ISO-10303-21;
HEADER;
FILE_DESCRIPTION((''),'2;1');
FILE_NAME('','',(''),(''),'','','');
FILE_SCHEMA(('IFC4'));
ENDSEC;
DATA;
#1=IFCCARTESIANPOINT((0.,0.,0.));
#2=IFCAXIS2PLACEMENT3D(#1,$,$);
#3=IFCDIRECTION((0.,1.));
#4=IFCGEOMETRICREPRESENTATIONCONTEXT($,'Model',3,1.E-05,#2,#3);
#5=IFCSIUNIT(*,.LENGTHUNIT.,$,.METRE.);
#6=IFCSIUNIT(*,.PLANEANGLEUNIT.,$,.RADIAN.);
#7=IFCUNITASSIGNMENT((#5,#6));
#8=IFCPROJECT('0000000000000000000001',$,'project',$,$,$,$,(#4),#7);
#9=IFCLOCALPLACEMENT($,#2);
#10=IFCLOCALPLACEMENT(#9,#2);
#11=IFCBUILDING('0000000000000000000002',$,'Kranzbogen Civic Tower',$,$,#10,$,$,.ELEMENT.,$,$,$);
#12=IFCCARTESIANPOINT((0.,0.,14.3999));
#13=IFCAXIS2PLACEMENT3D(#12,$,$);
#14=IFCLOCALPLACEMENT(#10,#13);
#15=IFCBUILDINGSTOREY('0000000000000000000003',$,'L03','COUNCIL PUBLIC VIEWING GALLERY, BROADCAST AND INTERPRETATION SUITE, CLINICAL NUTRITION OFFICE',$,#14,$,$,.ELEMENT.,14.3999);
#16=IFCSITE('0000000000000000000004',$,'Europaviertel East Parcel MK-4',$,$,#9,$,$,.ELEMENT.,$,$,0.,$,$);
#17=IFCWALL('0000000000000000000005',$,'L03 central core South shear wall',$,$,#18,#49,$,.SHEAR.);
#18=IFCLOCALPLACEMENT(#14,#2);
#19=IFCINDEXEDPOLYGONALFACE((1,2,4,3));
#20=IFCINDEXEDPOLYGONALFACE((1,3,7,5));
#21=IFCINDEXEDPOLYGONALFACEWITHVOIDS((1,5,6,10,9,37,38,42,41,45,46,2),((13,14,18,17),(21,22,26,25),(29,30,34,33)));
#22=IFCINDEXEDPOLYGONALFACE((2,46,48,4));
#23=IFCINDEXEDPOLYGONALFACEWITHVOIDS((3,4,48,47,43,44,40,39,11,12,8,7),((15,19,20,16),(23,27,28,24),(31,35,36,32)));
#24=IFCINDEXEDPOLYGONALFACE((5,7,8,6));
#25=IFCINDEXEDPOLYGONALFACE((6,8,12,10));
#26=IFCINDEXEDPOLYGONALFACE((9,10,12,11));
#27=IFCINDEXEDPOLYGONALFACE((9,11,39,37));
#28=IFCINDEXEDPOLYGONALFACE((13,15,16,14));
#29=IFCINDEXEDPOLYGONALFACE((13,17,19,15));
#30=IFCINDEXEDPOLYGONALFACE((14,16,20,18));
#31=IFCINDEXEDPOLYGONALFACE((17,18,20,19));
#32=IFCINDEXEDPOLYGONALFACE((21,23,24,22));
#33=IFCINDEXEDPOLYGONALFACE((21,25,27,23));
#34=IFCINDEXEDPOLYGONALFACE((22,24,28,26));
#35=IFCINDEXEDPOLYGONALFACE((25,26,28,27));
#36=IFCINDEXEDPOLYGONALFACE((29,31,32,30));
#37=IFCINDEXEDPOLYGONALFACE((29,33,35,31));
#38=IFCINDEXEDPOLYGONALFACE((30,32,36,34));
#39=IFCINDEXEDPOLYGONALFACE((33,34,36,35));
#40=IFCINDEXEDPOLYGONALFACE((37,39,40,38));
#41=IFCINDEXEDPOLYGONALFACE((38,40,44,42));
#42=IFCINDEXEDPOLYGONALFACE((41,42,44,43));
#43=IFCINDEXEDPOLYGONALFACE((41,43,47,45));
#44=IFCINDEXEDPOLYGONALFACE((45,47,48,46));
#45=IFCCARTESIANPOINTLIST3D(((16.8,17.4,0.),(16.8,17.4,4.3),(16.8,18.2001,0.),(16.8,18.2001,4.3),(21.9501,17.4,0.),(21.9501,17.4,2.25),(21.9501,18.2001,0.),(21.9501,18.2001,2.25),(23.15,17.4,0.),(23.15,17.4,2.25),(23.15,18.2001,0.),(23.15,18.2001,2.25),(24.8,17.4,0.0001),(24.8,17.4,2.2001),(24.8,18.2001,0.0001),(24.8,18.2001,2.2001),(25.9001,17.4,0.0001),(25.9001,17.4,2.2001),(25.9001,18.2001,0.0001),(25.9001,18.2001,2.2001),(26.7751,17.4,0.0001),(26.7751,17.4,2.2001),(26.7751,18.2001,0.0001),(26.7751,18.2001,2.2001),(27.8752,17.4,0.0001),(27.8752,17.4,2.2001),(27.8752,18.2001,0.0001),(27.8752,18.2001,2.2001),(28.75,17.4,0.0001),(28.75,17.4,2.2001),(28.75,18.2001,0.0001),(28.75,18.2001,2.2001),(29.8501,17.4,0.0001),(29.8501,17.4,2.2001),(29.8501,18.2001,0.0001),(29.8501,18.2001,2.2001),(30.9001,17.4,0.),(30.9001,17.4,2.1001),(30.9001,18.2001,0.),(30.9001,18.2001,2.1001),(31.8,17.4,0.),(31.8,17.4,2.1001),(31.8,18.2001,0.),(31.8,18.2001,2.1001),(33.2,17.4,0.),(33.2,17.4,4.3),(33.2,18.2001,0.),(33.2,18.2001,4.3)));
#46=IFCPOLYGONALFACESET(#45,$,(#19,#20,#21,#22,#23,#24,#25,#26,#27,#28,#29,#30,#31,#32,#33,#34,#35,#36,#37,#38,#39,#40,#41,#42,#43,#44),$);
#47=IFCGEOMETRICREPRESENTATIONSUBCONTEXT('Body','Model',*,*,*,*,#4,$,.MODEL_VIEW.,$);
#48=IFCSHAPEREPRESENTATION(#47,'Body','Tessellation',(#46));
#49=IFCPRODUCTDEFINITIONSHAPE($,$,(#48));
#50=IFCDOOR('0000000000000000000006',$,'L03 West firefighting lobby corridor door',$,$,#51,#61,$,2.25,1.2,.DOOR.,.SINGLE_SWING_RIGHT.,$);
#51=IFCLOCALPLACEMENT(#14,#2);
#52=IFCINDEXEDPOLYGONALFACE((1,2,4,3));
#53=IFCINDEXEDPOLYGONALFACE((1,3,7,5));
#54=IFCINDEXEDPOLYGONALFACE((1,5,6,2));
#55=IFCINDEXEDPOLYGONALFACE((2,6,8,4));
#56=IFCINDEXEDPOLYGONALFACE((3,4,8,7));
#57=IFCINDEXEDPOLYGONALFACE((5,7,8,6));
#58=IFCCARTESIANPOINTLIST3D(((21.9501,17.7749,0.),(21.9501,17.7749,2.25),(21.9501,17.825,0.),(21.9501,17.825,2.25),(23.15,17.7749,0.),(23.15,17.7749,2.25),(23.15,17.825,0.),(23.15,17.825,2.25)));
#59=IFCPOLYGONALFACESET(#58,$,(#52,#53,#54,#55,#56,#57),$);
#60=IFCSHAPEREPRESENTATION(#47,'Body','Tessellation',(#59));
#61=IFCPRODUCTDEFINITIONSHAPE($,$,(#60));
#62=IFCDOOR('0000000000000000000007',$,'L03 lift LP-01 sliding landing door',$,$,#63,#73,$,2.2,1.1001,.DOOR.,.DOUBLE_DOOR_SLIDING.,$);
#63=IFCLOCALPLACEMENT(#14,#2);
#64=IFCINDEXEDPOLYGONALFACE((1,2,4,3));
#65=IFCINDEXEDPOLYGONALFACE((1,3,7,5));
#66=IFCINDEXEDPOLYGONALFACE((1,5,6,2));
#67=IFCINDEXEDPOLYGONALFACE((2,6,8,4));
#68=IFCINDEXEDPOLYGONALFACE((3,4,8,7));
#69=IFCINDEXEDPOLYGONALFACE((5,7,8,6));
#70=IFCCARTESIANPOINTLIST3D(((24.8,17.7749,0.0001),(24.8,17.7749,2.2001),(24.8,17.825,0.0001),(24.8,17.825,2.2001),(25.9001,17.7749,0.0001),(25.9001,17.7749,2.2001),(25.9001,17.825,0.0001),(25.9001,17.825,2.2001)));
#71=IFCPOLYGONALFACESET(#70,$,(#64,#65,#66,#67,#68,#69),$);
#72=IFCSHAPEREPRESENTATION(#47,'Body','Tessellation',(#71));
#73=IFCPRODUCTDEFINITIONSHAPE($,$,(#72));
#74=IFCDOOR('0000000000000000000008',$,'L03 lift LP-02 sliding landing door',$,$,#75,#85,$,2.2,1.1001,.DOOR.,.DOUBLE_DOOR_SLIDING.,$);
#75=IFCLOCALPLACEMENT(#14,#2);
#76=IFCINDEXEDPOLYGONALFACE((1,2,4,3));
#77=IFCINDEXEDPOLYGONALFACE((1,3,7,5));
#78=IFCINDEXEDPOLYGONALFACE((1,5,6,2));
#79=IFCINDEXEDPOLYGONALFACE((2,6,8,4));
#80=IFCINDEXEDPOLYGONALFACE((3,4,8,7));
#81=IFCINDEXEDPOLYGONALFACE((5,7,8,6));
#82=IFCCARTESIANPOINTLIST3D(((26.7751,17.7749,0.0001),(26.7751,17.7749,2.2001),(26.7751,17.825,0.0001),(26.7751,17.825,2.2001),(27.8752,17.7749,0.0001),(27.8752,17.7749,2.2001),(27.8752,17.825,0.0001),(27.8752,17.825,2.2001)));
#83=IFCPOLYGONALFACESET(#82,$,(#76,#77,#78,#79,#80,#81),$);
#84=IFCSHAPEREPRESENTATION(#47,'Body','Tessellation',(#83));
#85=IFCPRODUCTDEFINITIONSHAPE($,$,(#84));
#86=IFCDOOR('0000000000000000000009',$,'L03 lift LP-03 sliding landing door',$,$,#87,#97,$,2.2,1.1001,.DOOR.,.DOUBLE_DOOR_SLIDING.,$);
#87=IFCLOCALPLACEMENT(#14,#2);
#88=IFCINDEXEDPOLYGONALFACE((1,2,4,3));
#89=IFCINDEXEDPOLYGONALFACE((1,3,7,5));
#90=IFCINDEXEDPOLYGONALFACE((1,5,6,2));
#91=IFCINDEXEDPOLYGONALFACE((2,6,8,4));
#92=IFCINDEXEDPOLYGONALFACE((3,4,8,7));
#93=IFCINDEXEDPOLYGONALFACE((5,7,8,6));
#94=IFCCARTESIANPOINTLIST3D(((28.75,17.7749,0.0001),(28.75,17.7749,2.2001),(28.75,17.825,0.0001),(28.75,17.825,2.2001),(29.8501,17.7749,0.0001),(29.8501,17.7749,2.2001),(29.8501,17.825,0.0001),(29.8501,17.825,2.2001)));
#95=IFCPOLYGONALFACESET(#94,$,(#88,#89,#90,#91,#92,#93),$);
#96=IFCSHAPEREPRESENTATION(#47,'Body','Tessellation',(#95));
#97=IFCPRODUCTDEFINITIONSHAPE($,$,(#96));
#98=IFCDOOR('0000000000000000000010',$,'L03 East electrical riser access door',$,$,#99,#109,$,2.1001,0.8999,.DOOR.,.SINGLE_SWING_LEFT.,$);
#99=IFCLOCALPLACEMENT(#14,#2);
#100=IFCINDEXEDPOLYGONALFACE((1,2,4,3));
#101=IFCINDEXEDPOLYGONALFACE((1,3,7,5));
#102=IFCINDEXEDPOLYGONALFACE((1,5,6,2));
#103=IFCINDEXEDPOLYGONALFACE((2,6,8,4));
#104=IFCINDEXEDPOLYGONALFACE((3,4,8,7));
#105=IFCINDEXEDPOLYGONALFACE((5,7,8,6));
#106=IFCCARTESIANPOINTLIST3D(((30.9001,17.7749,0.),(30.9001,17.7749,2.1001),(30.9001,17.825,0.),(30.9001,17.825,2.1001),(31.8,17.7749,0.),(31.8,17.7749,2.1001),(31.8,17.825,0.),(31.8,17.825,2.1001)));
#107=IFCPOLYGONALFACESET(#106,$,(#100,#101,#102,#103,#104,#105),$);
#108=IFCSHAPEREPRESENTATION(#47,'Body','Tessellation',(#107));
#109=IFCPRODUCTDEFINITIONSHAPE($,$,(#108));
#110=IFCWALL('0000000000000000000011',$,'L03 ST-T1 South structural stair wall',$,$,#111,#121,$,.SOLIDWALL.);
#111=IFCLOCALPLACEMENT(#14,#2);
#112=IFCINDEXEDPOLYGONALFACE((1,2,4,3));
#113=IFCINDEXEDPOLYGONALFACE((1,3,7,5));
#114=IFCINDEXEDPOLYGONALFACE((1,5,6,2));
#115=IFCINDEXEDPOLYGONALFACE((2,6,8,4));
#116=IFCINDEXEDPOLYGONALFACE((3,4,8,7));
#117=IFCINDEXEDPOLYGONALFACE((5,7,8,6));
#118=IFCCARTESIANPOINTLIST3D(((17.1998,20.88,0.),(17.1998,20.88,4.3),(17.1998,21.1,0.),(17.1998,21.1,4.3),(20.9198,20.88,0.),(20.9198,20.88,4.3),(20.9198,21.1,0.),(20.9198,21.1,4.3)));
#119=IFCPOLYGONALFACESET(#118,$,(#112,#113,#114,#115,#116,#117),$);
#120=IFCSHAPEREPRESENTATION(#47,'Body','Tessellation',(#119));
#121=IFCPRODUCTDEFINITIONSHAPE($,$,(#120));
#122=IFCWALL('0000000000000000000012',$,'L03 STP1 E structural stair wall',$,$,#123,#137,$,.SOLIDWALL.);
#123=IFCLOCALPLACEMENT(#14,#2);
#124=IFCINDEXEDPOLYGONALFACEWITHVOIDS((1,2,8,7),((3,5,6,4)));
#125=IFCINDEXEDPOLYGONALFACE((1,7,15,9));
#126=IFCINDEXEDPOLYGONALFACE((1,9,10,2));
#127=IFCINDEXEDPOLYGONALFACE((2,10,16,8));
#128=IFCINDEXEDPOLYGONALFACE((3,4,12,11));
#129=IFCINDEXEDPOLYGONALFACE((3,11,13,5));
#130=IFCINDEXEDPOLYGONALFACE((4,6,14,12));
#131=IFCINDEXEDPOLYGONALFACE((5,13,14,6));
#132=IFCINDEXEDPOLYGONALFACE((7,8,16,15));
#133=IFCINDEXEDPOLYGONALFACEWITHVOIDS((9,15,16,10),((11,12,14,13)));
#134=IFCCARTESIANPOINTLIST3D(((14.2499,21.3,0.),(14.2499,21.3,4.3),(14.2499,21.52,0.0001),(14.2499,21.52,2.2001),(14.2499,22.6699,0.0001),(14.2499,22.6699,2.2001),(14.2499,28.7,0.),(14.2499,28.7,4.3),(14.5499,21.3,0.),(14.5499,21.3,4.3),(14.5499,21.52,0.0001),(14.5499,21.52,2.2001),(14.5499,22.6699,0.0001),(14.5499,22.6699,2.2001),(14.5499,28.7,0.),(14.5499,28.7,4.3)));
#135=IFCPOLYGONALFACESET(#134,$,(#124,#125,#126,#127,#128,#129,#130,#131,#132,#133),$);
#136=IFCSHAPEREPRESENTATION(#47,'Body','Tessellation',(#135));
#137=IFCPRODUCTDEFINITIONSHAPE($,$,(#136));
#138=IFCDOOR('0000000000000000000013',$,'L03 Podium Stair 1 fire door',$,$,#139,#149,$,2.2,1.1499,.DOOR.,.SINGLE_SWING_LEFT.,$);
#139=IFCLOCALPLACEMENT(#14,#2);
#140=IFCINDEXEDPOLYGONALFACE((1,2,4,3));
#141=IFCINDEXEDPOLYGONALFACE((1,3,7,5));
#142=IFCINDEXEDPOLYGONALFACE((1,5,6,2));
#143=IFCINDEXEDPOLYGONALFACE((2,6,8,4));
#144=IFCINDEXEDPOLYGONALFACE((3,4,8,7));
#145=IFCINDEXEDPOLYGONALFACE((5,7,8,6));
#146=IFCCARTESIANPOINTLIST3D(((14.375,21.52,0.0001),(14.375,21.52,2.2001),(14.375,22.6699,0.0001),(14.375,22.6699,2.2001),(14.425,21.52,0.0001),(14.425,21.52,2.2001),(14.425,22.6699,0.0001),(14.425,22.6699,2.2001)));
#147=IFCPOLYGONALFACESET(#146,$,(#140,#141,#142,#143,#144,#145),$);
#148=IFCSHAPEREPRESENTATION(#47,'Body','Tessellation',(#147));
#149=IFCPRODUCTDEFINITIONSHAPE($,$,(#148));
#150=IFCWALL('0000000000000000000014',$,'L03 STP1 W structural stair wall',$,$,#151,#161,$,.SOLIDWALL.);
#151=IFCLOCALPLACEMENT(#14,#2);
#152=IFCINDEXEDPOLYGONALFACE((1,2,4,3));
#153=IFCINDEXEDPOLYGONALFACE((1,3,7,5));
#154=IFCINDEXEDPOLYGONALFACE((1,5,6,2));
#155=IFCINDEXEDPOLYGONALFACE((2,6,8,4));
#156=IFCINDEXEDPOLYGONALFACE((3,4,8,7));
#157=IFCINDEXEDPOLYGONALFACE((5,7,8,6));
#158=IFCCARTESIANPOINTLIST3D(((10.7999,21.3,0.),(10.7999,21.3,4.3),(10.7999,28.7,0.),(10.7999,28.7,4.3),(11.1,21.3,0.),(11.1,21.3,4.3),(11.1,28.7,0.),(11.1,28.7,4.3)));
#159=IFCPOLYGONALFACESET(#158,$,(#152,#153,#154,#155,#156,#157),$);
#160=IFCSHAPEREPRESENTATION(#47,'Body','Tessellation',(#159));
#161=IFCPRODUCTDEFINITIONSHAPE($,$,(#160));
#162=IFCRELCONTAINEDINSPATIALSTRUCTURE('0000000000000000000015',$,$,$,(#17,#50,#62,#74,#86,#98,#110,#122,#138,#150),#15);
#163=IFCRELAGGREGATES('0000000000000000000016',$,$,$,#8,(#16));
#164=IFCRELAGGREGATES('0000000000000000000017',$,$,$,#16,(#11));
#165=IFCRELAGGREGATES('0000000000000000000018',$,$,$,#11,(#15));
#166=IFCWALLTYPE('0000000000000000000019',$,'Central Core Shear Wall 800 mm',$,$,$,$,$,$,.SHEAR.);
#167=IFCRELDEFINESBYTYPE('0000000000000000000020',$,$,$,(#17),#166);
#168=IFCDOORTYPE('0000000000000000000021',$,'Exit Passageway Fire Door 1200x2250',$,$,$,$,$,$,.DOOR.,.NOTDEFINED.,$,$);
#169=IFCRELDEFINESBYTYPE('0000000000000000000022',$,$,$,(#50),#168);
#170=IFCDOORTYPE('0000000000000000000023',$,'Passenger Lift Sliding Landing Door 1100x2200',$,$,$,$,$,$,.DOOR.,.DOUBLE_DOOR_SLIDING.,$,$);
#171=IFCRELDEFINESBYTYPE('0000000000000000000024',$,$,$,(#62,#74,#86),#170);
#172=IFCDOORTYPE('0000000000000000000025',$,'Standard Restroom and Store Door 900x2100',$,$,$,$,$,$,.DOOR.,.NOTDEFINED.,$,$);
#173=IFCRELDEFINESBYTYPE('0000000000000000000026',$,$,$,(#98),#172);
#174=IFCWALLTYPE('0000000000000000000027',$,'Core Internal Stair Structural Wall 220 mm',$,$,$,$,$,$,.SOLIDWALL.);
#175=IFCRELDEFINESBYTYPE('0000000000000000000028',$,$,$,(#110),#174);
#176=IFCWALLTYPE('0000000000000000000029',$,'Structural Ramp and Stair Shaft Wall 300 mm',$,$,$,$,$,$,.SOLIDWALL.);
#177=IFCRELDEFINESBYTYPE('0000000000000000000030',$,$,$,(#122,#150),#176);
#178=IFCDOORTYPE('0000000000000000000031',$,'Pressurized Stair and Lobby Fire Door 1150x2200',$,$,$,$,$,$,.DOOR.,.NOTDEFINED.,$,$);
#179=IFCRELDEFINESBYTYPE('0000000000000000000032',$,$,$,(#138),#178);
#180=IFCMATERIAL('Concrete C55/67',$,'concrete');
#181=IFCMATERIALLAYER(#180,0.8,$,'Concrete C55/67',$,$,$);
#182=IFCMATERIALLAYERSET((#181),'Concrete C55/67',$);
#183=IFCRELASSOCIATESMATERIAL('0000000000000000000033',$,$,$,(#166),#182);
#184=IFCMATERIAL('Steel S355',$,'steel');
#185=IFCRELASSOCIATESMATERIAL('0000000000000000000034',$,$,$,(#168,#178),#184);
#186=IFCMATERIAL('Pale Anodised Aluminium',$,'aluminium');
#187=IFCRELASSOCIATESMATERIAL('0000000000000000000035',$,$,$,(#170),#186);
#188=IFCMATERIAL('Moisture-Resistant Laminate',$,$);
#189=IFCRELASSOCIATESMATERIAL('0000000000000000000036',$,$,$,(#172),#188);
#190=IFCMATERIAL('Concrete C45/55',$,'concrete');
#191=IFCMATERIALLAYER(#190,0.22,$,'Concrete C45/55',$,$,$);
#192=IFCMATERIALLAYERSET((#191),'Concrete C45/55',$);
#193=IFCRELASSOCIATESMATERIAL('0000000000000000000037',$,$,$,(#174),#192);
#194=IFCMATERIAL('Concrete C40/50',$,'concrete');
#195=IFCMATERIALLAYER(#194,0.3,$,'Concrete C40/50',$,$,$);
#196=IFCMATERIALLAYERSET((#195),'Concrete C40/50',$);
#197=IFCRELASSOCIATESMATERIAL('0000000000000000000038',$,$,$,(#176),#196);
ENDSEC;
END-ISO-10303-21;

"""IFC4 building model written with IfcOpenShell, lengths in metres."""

from ifc_helpers import new_model, si_unit, direction, frame, frame_2d, origin, place, context, subcontext, project, spatial, rectangle, extrude, material, layer, layer_set, type_object, element, fill, save


model = new_model("IFC4")

# Units and contexts
model_context = context("Model", 3, precision=1e-05, world=origin(), true_north=direction((0.0, 1.0)))
body_context = subcontext(model_context, "Body", "Model", "MODEL_VIEW")
ifc_project = project(units=[si_unit("LENGTHUNIT", "METRE"), si_unit("PLANEANGLEUNIT", "RADIAN")], contexts=[model_context])

# Site, building, storey
site_placement = place(None, origin())
site = spatial("IfcSite", under=ifc_project, at=site_placement, Name="Europaviertel East Parcel MK-4", CompositionType="ELEMENT", RefElevation=0.0)
building_placement = place(site_placement, origin())
building = spatial("IfcBuilding", under=site, at=building_placement, Name="Kranzbogen Civic Tower", CompositionType="ELEMENT")
storey_placement = place(building_placement, frame((0.0, 0.0, 14.3999)))
storey = spatial("IfcBuildingStorey", under=building, at=storey_placement, Name="L03", Description="COUNCIL PUBLIC VIEWING GALLERY, BROADCAST AND INTERPRETATION SUITE, CLINICAL NUTRITION OFFICE", CompositionType="ELEMENT", Elevation=14.3999)

# Shared definitions
ifc_material_1 = material(Name="Concrete C40/50", Category="concrete")
ifc_material_2 = material(Name="Steel S355", Category="steel")

# Wall, openings, doors
ifc_material_3 = material(Name="Concrete C55/67", Category="concrete")
ifc_layer_1 = layer(ifc_material_3, 0.8, Name="Concrete C55/67")
ifc_layer_set_1 = layer_set([ifc_layer_1], Name="Concrete C55/67")
wall_type_1 = type_object("IfcWallType", Name="Central Core Shear Wall 800 mm", PredefinedType="SHEAR", material=ifc_layer_set_1)
wall_1_placement = place(storey_placement, frame((16.8, 17.8, 0.0), z_axis=(0.0, 0.0, 1.0), x_axis=(1.0, 0.0, 0.0)))
wall_1 = element("IfcWall", 1, at=wall_1_placement, inside=storey, type_object=wall_type_1, Name="L03 central core South shear wall", PredefinedType="SHEAR", context=body_context, shape_type="SweptSolid", body=[
    extrude(rectangle(XDim=16.3999, YDim=0.8, at=frame_2d((8.2, 0.0))), origin(), (0.0, 0.0, 1.0), 4.3),
])
opening_1_placement = place(wall_1_placement, frame((5.1499, 0.0, 0.0)))
opening_1 = element("IfcOpeningElement", 2, at=opening_1_placement, cuts=wall_1, PredefinedType="OPENING", context=body_context, shape_type="SweptSolid", body=[
    extrude(rectangle(XDim=1.2, YDim=2.25, at=frame_2d((0.6001, 1.125))), frame((0.0, 0.4102, 0.0), z_axis=(0.0, -1.0, 0.0), x_axis=(1.0, 0.0, 0.0)), (0.0, 0.0, 1.0), 0.8201),
])
opening_2_placement = place(wall_1_placement, frame((14.1001, 0.0, 0.0)))
opening_2 = element("IfcOpeningElement", 3, at=opening_2_placement, cuts=wall_1, PredefinedType="OPENING", context=body_context, shape_type="SweptSolid", body=[
    extrude(rectangle(XDim=0.8999, YDim=2.1001, at=frame_2d((0.45, 1.05))), frame((0.0, 0.4102, 0.0), z_axis=(0.0, -1.0, 0.0), x_axis=(1.0, 0.0, 0.0)), (0.0, 0.0, 1.0), 0.8201),
])
opening_3_placement = place(wall_1_placement, frame((8.0, 0.0, 0.0)))
opening_3 = element("IfcOpeningElement", 4, at=opening_3_placement, cuts=wall_1, PredefinedType="OPENING", context=body_context, shape_type="SweptSolid", body=[
    extrude(rectangle(XDim=1.1001, YDim=2.2, at=frame_2d((0.55, 1.1001))), frame((0.0, 0.4102, 0.0), z_axis=(0.0, -1.0, 0.0), x_axis=(1.0, 0.0, 0.0)), (0.0, 0.0, 1.0), 0.8201),
])
opening_4_placement = place(wall_1_placement, frame((9.9751, 0.0, 0.0)))
opening_4 = element("IfcOpeningElement", 5, at=opening_4_placement, cuts=wall_1, PredefinedType="OPENING", context=body_context, shape_type="SweptSolid", body=[
    extrude(rectangle(XDim=1.1001, YDim=2.2, at=frame_2d((0.55, 1.1001))), frame((0.0, 0.4102, 0.0), z_axis=(0.0, -1.0, 0.0), x_axis=(1.0, 0.0, 0.0)), (0.0, 0.0, 1.0), 0.8201),
])
opening_5_placement = place(wall_1_placement, frame((11.95, 0.0, 0.0)))
opening_5 = element("IfcOpeningElement", 6, at=opening_5_placement, cuts=wall_1, PredefinedType="OPENING", context=body_context, shape_type="SweptSolid", body=[
    extrude(rectangle(XDim=1.1001, YDim=2.2, at=frame_2d((0.55, 1.1001))), frame((0.0, 0.4102, 0.0), z_axis=(0.0, -1.0, 0.0), x_axis=(1.0, 0.0, 0.0)), (0.0, 0.0, 1.0), 0.8201),
])
door_type_1 = type_object("IfcDoorType", Name="Exit Passageway Fire Door 1200x2250", OperationType="NOTDEFINED", PredefinedType="DOOR", material=ifc_material_2)
door_1_placement = place(opening_1_placement, origin())
door_1 = element("IfcDoor", 7, at=door_1_placement, inside=storey, type_object=door_type_1, Name="L03 West firefighting lobby corridor door", OperationType="SINGLE_SWING_RIGHT", OverallHeight=2.25, OverallWidth=1.2, PredefinedType="DOOR", context=body_context, shape_type="SweptSolid", body=[
    extrude(rectangle(XDim=1.2, YDim=2.25, at=frame_2d((0.6001, 1.125))), frame((0.0, 0.0249, 0.0), z_axis=(0.0, -1.0, 0.0), x_axis=(1.0, 0.0, 0.0)), (0.0, 0.0, 1.0), 0.05),
])
fill(opening_1, door_1)
ifc_material_4 = material(Name="Pale Anodised Aluminium", Category="aluminium")
door_type_2 = type_object("IfcDoorType", Name="Passenger Lift Sliding Landing Door 1100x2200", OperationType="DOUBLE_DOOR_SLIDING", PredefinedType="DOOR", material=ifc_material_4)
door_2_placement = place(opening_3_placement, origin())
door_2 = element("IfcDoor", 8, at=door_2_placement, inside=storey, type_object=door_type_2, Name="L03 lift LP-01 sliding landing door", OperationType="DOUBLE_DOOR_SLIDING", OverallHeight=2.2, OverallWidth=1.1001, PredefinedType="DOOR", context=body_context, shape_type="SweptSolid", body=[
    extrude(rectangle(XDim=1.1001, YDim=2.2, at=frame_2d((0.55, 1.1001))), frame((0.0, 0.0249, 0.0), z_axis=(0.0, -1.0, 0.0), x_axis=(1.0, 0.0, 0.0)), (0.0, 0.0, 1.0), 0.05),
])
fill(opening_3, door_2)
door_3_placement = place(opening_4_placement, origin())
door_3 = element("IfcDoor", 9, at=door_3_placement, inside=storey, type_object=door_type_2, Name="L03 lift LP-02 sliding landing door", OperationType="DOUBLE_DOOR_SLIDING", OverallHeight=2.2, OverallWidth=1.1001, PredefinedType="DOOR", context=body_context, shape_type="SweptSolid", body=[
    extrude(rectangle(XDim=1.1001, YDim=2.2, at=frame_2d((0.55, 1.1001))), frame((0.0, 0.0249, 0.0), z_axis=(0.0, -1.0, 0.0), x_axis=(1.0, 0.0, 0.0)), (0.0, 0.0, 1.0), 0.05),
])
fill(opening_4, door_3)
door_4_placement = place(opening_5_placement, origin())
door_4 = element("IfcDoor", 10, at=door_4_placement, inside=storey, type_object=door_type_2, Name="L03 lift LP-03 sliding landing door", OperationType="DOUBLE_DOOR_SLIDING", OverallHeight=2.2, OverallWidth=1.1001, PredefinedType="DOOR", context=body_context, shape_type="SweptSolid", body=[
    extrude(rectangle(XDim=1.1001, YDim=2.2, at=frame_2d((0.55, 1.1001))), frame((0.0, 0.0249, 0.0), z_axis=(0.0, -1.0, 0.0), x_axis=(1.0, 0.0, 0.0)), (0.0, 0.0, 1.0), 0.05),
])
fill(opening_5, door_4)
ifc_material_5 = material(Name="Moisture-Resistant Laminate")
door_type_3 = type_object("IfcDoorType", Name="Standard Restroom and Store Door 900x2100", OperationType="NOTDEFINED", PredefinedType="DOOR", material=ifc_material_5)
door_5_placement = place(opening_2_placement, origin())
door_5 = element("IfcDoor", 11, at=door_5_placement, inside=storey, type_object=door_type_3, Name="L03 East electrical riser access door", OperationType="SINGLE_SWING_LEFT", OverallHeight=2.1001, OverallWidth=0.8999, PredefinedType="DOOR", context=body_context, shape_type="SweptSolid", body=[
    extrude(rectangle(XDim=0.8999, YDim=2.1001, at=frame_2d((0.45, 1.05))), frame((0.0, 0.0249, 0.0), z_axis=(0.0, -1.0, 0.0), x_axis=(1.0, 0.0, 0.0)), (0.0, 0.0, 1.0), 0.05),
])
fill(opening_2, door_5)

# Wall
ifc_material_6 = material(Name="Concrete C45/55", Category="concrete")
ifc_layer_2 = layer(ifc_material_6, 0.22, Name="Concrete C45/55")
ifc_layer_set_2 = layer_set([ifc_layer_2], Name="Concrete C45/55")
wall_type_2 = type_object("IfcWallType", Name="Core Internal Stair Structural Wall 220 mm", PredefinedType="SOLIDWALL", material=ifc_layer_set_2)
wall_2_placement = place(storey_placement, frame((17.2, 20.99, 0.0), z_axis=(0.0, 0.0, 1.0), x_axis=(1.0, 0.0, 0.0)))
element("IfcWall", 12, at=wall_2_placement, inside=storey, type_object=wall_type_2, Name="L03 ST-T1 South structural stair wall", PredefinedType="SOLIDWALL", context=body_context, shape_type="SweptSolid", body=[
    extrude(rectangle(XDim=3.72, YDim=0.22, at=frame_2d((1.8599, 0.0))), origin(), (0.0, 0.0, 1.0), 4.3),
])

# Wall, opening, door
ifc_layer_3 = layer(ifc_material_1, 0.3, Name="Concrete C40/50")
ifc_layer_set_3 = layer_set([ifc_layer_3], Name="Concrete C40/50")
wall_type_3 = type_object("IfcWallType", Name="Structural Ramp and Stair Shaft Wall 300 mm", PredefinedType="SOLIDWALL", material=ifc_layer_set_3)
wall_3_placement = place(storey_placement, frame((14.3999, 21.3, 0.0), z_axis=(0.0, 0.0, 1.0), x_axis=(0.0, 1.0, 0.0)))
wall_3 = element("IfcWall", 13, at=wall_3_placement, inside=storey, type_object=wall_type_3, Name="L03 STP1 E structural stair wall", PredefinedType="SOLIDWALL", context=body_context, shape_type="SweptSolid", body=[
    extrude(rectangle(XDim=7.3999, YDim=0.3, at=frame_2d((3.7, 0.0))), origin(), (0.0, 0.0, 1.0), 4.3),
])
opening_6_placement = place(wall_3_placement, frame((0.22, 0.0, 0.0)))
opening_6 = element("IfcOpeningElement", 14, at=opening_6_placement, cuts=wall_3, PredefinedType="OPENING", context=body_context, shape_type="SweptSolid", body=[
    extrude(rectangle(XDim=1.1499, YDim=2.2, at=frame_2d((0.575, 1.1001))), frame((0.0, 0.1602, 0.0), z_axis=(0.0, -1.0, 0.0), x_axis=(1.0, 0.0, 0.0)), (0.0, 0.0, 1.0), 0.3201),
])
door_type_4 = type_object("IfcDoorType", Name="Pressurized Stair and Lobby Fire Door 1150x2200", OperationType="NOTDEFINED", PredefinedType="DOOR", material=ifc_material_2)
door_6_placement = place(opening_6_placement, origin())
door_6 = element("IfcDoor", 15, at=door_6_placement, inside=storey, type_object=door_type_4, Name="L03 Podium Stair 1 fire door", OperationType="SINGLE_SWING_LEFT", OverallHeight=2.2, OverallWidth=1.1499, PredefinedType="DOOR", context=body_context, shape_type="SweptSolid", body=[
    extrude(rectangle(XDim=1.1499, YDim=2.2, at=frame_2d((0.575, 1.1001))), frame((0.0, 0.0249, 0.0), z_axis=(0.0, -1.0, 0.0), x_axis=(1.0, 0.0, 0.0)), (0.0, 0.0, 1.0), 0.05),
])
fill(opening_6, door_6)

# Wall
wall_4_placement = place(storey_placement, frame((10.95, 21.3, 0.0), z_axis=(0.0, 0.0, 1.0), x_axis=(0.0, 1.0, 0.0)))
element("IfcWall", 16, at=wall_4_placement, inside=storey, type_object=wall_type_3, Name="L03 STP1 W structural stair wall", PredefinedType="SOLIDWALL", context=body_context, shape_type="SweptSolid", body=[
    extrude(rectangle(XDim=7.3999, YDim=0.3, at=frame_2d((3.7, 0.0))), origin(), (0.0, 0.0, 1.0), 4.3),
])

save(model, "model.ifc")
